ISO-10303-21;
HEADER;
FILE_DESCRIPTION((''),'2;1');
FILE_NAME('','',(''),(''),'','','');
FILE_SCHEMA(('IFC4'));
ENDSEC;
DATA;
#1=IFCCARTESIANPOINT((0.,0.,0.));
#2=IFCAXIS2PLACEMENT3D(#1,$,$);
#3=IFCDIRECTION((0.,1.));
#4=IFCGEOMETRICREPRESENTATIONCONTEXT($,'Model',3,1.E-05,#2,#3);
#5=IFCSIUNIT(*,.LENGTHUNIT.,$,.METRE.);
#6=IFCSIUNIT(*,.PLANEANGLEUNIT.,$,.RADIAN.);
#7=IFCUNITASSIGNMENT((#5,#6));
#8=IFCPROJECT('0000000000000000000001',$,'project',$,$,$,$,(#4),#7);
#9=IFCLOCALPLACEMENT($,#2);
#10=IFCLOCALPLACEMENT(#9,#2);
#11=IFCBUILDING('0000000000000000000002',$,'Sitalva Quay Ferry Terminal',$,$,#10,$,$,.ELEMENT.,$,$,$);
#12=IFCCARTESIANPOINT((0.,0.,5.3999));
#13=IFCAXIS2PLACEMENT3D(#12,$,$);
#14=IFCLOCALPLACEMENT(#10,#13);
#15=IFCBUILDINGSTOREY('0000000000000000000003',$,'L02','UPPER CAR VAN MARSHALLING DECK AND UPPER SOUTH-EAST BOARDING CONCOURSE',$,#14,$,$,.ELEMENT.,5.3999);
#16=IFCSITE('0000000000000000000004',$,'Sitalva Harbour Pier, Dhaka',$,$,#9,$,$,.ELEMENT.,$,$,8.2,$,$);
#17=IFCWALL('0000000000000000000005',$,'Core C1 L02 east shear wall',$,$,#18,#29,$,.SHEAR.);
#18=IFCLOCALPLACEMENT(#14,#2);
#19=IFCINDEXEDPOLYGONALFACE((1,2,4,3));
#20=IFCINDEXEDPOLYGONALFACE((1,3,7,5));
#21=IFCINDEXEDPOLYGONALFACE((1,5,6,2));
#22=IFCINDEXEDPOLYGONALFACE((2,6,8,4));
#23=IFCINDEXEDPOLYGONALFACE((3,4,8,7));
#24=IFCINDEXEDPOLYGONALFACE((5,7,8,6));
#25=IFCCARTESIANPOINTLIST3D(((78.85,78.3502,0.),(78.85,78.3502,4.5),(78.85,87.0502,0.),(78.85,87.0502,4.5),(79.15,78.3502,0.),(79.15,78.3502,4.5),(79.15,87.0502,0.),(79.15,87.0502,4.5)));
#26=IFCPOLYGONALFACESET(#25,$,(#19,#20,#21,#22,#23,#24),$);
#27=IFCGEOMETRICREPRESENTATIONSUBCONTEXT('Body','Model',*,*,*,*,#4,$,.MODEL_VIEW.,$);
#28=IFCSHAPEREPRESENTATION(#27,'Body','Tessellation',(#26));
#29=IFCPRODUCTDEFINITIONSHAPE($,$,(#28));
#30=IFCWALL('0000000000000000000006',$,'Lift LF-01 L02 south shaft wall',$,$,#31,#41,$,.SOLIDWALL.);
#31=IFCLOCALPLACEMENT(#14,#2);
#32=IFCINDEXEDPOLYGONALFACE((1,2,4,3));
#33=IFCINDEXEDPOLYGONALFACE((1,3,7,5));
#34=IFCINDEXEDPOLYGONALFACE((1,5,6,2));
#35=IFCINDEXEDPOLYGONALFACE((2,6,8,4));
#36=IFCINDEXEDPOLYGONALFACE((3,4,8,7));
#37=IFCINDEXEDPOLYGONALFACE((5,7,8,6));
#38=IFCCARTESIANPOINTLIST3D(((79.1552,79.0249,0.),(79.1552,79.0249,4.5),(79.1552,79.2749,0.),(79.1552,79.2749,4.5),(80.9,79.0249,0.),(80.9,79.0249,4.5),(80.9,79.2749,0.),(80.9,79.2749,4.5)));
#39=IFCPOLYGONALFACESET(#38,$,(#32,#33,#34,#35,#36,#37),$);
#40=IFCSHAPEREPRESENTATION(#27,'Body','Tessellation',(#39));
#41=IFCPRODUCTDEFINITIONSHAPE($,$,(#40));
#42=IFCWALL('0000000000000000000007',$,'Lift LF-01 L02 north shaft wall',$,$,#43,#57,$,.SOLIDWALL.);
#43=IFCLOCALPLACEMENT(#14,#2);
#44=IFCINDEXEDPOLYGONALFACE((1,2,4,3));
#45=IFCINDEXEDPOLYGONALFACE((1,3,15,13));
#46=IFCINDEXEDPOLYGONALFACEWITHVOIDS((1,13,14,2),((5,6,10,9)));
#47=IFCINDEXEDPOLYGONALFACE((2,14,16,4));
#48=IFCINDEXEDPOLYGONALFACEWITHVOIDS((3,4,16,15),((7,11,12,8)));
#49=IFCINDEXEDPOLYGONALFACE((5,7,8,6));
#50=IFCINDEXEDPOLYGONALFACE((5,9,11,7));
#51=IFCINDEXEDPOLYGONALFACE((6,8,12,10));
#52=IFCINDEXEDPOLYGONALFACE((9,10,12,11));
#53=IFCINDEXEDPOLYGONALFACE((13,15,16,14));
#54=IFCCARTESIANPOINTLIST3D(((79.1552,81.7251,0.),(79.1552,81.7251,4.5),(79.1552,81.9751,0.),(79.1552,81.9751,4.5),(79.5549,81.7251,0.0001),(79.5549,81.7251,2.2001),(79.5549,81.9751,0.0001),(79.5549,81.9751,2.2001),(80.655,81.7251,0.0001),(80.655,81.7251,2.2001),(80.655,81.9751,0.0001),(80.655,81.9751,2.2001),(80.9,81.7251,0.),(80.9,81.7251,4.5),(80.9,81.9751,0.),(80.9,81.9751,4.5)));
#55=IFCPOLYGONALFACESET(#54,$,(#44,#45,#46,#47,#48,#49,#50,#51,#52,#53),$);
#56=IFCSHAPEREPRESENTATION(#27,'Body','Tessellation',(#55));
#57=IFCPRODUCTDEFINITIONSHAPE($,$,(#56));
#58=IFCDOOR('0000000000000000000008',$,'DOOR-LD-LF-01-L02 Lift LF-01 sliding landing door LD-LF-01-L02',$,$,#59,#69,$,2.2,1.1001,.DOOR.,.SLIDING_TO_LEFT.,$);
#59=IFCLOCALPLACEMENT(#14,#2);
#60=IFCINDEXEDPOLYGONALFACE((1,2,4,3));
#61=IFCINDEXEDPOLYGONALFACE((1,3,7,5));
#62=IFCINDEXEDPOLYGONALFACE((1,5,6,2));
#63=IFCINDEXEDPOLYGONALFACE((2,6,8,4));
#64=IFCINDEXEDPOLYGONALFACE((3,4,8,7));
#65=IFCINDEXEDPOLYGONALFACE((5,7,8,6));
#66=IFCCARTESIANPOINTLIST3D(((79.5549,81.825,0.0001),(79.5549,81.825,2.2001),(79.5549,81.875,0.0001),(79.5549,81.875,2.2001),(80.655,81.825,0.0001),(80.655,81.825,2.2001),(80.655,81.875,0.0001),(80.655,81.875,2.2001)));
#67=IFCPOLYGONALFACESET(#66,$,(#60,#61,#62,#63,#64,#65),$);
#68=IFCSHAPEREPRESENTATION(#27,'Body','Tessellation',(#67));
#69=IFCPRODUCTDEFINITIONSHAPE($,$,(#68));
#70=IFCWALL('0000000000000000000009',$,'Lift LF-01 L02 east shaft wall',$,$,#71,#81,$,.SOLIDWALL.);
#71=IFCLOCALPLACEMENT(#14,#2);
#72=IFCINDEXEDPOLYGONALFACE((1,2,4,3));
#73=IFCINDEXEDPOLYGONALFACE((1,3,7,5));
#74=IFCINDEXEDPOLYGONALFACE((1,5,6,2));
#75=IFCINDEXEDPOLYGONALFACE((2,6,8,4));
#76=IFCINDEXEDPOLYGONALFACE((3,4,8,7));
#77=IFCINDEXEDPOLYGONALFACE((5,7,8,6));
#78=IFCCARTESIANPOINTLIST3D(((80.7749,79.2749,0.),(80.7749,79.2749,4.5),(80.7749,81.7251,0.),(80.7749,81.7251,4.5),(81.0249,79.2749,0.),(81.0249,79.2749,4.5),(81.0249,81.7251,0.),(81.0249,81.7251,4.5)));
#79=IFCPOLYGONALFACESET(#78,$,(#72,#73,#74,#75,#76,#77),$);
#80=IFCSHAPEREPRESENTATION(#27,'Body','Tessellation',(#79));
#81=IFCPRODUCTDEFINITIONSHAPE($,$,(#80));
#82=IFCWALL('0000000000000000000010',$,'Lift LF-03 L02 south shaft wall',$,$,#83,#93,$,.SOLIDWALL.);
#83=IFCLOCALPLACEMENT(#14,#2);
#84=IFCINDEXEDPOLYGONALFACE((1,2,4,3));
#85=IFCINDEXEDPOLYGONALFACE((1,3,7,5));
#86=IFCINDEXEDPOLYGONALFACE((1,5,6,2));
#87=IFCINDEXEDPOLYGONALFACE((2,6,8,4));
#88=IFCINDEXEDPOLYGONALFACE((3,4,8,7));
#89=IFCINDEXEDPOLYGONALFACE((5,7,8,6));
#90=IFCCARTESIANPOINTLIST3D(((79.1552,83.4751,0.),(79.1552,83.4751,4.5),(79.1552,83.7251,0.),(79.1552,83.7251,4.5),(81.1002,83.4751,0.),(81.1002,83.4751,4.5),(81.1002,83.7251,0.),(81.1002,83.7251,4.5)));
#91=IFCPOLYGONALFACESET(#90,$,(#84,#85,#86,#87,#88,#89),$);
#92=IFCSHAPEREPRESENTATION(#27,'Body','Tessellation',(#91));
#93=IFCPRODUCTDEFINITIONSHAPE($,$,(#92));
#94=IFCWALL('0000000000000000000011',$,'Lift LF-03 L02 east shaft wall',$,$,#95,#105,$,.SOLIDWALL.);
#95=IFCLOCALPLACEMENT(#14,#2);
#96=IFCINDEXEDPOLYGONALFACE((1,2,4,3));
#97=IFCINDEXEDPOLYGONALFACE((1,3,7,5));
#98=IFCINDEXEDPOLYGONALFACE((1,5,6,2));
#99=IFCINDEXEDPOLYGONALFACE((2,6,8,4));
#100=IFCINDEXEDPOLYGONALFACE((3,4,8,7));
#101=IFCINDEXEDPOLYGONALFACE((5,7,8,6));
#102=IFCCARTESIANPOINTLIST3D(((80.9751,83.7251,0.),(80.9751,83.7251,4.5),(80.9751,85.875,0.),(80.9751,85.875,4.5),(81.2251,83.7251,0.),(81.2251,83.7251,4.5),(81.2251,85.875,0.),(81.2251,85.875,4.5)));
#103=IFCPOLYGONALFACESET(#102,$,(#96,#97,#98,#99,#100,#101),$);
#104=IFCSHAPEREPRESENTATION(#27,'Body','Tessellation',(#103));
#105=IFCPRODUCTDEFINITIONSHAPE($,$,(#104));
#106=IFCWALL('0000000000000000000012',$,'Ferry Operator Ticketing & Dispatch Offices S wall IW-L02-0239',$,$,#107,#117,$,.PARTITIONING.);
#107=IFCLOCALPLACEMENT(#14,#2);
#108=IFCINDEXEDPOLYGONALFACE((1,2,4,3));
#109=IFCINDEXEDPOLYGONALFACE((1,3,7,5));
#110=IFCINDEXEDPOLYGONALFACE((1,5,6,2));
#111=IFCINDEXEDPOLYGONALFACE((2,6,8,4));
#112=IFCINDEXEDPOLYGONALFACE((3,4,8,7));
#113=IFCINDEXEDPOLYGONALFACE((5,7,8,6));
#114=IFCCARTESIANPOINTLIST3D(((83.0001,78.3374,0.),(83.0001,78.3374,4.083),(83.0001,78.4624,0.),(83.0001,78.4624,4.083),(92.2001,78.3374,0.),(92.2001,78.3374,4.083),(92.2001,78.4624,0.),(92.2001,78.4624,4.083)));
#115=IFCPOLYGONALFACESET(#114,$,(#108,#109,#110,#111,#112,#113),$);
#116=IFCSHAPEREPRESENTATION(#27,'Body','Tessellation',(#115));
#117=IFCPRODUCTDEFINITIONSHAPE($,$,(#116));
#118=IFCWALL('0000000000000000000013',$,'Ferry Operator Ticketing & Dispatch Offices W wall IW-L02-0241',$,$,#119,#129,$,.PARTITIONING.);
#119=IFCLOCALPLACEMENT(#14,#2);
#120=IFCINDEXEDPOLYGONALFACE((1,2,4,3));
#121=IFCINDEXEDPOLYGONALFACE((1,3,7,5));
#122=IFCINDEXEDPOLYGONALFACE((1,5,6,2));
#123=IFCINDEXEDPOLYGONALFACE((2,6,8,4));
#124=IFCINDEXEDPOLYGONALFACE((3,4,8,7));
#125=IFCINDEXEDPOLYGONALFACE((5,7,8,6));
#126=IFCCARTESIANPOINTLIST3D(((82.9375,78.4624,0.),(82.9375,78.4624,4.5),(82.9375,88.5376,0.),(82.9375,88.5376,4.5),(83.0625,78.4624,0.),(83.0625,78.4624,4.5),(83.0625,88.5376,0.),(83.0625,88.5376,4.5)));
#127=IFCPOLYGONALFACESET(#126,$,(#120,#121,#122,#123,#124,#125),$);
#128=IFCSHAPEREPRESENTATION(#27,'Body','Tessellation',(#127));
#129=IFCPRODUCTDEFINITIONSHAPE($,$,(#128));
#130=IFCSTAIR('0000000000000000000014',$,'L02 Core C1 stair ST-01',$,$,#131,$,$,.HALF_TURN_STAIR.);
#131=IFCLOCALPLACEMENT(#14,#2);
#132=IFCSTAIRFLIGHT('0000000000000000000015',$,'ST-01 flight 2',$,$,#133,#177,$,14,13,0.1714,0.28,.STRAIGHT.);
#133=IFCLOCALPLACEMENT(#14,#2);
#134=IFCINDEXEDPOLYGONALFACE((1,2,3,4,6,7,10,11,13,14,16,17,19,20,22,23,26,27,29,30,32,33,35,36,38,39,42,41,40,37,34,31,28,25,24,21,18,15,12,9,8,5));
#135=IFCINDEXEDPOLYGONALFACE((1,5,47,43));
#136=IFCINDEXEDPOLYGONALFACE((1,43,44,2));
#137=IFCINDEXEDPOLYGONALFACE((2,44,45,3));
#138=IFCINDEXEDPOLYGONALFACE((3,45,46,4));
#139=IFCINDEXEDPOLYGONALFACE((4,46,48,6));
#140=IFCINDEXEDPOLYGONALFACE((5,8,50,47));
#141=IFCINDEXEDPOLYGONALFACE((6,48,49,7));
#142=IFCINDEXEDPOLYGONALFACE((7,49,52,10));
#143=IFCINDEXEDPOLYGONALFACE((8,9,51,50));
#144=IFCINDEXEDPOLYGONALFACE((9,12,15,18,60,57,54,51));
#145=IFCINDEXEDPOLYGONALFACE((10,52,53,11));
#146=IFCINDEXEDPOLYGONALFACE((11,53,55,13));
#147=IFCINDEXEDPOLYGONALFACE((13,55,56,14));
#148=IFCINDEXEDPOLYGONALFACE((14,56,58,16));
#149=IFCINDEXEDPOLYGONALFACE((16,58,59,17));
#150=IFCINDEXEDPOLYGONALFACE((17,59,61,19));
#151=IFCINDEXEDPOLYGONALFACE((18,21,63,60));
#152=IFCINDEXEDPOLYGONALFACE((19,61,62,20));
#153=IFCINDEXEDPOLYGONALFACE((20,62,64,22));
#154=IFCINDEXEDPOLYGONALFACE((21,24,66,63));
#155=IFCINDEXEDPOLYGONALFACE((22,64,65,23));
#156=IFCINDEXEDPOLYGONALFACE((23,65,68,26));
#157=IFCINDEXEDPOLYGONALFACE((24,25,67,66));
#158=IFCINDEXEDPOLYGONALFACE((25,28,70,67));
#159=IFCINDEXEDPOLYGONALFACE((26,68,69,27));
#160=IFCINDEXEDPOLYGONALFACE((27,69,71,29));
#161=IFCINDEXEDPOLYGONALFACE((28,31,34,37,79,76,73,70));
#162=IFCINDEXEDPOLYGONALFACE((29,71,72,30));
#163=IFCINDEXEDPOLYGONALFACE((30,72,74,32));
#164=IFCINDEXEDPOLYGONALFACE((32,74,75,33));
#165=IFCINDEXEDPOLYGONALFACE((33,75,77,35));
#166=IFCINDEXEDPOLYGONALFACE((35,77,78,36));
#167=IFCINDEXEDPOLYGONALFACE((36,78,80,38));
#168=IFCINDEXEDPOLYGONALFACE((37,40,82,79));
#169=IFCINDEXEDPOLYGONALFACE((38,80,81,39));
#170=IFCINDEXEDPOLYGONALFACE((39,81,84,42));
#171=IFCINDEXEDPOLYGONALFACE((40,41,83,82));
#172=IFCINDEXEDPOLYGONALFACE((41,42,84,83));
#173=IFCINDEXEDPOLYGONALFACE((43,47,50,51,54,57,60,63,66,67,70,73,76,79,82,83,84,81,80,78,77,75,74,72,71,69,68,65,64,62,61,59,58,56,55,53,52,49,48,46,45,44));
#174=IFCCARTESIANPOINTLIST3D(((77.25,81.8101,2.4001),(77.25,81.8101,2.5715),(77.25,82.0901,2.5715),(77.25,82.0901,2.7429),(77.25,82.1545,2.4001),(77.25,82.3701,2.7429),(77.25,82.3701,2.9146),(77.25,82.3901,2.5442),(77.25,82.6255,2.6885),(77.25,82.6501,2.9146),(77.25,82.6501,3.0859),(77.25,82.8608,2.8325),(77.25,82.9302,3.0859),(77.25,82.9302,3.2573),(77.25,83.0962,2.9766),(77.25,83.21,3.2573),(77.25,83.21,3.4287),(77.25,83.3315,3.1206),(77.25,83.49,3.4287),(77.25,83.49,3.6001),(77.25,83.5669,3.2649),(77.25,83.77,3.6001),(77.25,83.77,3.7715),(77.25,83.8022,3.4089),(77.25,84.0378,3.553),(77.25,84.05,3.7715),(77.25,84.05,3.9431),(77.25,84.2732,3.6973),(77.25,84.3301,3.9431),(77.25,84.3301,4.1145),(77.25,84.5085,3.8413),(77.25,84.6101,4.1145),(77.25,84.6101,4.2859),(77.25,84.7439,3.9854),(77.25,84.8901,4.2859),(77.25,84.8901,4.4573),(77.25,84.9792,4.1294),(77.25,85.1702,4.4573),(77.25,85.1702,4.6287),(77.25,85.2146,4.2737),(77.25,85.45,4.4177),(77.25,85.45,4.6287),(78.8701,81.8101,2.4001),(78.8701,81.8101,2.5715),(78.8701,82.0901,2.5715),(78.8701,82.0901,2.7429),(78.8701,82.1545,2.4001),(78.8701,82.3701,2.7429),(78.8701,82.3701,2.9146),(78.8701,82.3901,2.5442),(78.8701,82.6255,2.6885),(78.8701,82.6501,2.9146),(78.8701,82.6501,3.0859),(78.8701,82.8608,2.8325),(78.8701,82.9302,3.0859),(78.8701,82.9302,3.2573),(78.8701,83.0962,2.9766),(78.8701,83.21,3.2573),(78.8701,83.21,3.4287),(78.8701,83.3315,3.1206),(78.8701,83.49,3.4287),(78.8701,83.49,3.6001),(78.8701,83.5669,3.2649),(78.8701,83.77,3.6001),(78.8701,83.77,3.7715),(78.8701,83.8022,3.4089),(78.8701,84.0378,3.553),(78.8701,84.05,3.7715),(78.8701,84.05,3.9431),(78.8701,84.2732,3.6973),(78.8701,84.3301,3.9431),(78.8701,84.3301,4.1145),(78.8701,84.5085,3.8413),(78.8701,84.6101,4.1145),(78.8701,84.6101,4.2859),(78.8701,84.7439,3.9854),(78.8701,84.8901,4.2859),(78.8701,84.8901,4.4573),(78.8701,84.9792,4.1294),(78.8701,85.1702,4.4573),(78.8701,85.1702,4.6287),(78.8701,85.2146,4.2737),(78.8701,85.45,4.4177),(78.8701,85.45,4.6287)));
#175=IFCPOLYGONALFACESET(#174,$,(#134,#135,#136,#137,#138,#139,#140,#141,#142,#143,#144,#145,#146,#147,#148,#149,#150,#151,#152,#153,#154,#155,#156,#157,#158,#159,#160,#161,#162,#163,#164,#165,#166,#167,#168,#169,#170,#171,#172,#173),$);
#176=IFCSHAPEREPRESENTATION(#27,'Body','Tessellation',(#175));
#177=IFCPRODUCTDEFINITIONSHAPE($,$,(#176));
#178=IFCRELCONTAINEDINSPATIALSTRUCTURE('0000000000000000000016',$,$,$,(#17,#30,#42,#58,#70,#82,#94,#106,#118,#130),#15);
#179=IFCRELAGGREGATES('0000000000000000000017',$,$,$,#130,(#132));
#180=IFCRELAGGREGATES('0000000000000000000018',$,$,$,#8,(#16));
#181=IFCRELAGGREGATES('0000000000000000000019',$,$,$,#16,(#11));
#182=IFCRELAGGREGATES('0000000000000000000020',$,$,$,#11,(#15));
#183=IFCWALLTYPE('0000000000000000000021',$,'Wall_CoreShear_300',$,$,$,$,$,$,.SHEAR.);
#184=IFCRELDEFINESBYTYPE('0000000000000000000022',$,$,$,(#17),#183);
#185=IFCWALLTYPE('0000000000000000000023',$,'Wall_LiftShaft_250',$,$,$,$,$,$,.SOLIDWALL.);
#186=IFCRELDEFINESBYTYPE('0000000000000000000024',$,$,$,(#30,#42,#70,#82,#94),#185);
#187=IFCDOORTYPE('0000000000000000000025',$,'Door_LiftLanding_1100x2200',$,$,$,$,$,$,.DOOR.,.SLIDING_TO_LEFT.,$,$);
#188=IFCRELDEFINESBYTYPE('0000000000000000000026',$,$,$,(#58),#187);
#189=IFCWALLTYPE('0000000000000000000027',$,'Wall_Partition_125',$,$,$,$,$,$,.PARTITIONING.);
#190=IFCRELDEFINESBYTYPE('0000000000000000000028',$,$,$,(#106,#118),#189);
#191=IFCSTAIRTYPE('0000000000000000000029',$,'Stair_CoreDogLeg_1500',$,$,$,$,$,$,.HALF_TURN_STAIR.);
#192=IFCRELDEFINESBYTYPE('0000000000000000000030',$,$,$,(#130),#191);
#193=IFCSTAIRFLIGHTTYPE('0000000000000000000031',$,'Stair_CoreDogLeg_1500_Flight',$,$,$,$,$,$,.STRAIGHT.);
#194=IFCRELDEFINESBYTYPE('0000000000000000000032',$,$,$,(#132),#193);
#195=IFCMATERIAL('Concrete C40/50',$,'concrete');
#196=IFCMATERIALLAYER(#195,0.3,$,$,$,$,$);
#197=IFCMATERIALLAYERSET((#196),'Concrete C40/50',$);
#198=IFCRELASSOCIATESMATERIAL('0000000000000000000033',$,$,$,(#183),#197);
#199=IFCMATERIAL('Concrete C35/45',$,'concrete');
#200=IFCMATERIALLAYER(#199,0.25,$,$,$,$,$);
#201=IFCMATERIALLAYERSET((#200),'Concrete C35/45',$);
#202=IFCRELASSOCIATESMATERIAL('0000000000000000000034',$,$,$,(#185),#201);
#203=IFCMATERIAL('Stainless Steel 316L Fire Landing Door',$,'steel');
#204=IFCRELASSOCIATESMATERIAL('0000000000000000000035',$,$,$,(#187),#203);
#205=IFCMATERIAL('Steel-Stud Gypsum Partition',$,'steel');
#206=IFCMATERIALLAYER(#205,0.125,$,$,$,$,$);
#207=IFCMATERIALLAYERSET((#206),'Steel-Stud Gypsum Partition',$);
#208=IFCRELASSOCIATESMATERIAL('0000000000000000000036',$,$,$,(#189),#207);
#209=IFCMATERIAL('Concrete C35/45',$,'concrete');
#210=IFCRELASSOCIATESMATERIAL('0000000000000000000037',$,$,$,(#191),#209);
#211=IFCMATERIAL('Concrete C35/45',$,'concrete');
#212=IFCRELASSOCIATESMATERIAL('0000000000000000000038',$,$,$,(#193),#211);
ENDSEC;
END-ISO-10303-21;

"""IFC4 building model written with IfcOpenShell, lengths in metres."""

from ifc_helpers import new_model, si_unit, direction, frame, frame_2d, origin, place, context, subcontext, project, spatial, polyline, rectangle, outline, extrude, material, layer, layer_set, type_object, element, fill, aggregate, save


model = new_model("IFC4")

# Units and contexts
model_context = context("Model", 3, precision=1e-05, world=origin(), true_north=direction((0.0, 1.0)))
body_context = subcontext(model_context, "Body", "Model", "MODEL_VIEW")
ifc_project = project(units=[si_unit("LENGTHUNIT", "METRE"), si_unit("PLANEANGLEUNIT", "RADIAN")], contexts=[model_context])

# Site, building, storey
site_placement = place(None, origin())
site = spatial("IfcSite", under=ifc_project, at=site_placement, Name="Sitalva Harbour Pier, Dhaka", CompositionType="ELEMENT", RefElevation=8.2)
building_placement = place(site_placement, origin())
building = spatial("IfcBuilding", under=site, at=building_placement, Name="Sitalva Quay Ferry Terminal", CompositionType="ELEMENT")
storey_placement = place(building_placement, frame((0.0, 0.0, 5.3999)))
storey = spatial("IfcBuildingStorey", under=building, at=storey_placement, Name="L02", Description="UPPER CAR VAN MARSHALLING DECK AND UPPER SOUTH-EAST BOARDING CONCOURSE", CompositionType="ELEMENT", Elevation=5.3999)

# Walls
ifc_material_1 = material(Name="Concrete C40/50", Category="concrete")
ifc_layer_1 = layer(ifc_material_1, 0.3)
ifc_layer_set_1 = layer_set([ifc_layer_1], Name="Concrete C40/50")
wall_type_1 = type_object("IfcWallType", Name="Wall_CoreShear_300", PredefinedType="SHEAR", material=ifc_layer_set_1)
for number, where, z_axis, x_axis, name in (
    (1, (79.0, 78.3501, 0.0), (0.0, 0.0, 1.0), (0.0, 1.0, 0.0), "Core C1 L02 east shear wall"),
):
    element("IfcWall", number, at=place(storey_placement, frame(where, z_axis=z_axis, x_axis=x_axis)), inside=storey, type_object=wall_type_1, Name=name, PredefinedType="SHEAR", context=body_context, shape_type="SweptSolid", body=[
        extrude(rectangle(XDim=8.7, YDim=0.3, at=frame_2d((4.3501, 0.0))), origin(), (0.0, 0.0, 1.0), 4.5),
    ])
ifc_material_2 = material(Name="Concrete C35/45", Category="concrete")
ifc_layer_2 = layer(ifc_material_2, 0.25)
ifc_layer_set_2 = layer_set([ifc_layer_2], Name="Concrete C35/45")
wall_type_2 = type_object("IfcWallType", Name="Wall_LiftShaft_250", PredefinedType="SOLIDWALL", material=ifc_layer_set_2)
wall_1_placement = place(storey_placement, frame((79.155, 79.1499, 0.0), z_axis=(0.0, 0.0, 1.0), x_axis=(1.0, 0.0, 0.0)))
element("IfcWall", 2, at=wall_1_placement, inside=storey, type_object=wall_type_2, Name="Lift LF-01 L02 south shaft wall", PredefinedType="SOLIDWALL", context=body_context, shape_type="SweptSolid", body=[
    extrude(rectangle(XDim=1.7449, YDim=0.25, at=frame_2d((0.8726, 0.0))), origin(), (0.0, 0.0, 1.0), 4.5),
])

# Wall, opening, door
wall_2_placement = place(storey_placement, frame((79.155, 81.8501, 0.0), z_axis=(0.0, 0.0, 1.0), x_axis=(1.0, 0.0, 0.0)))
wall_2 = element("IfcWall", 3, at=wall_2_placement, inside=storey, type_object=wall_type_2, Name="Lift LF-01 L02 north shaft wall", PredefinedType="SOLIDWALL", context=body_context, shape_type="SweptSolid", body=[
    extrude(rectangle(XDim=1.7449, YDim=0.25, at=frame_2d((0.8726, 0.0))), origin(), (0.0, 0.0, 1.0), 4.5),
])
opening_placement = place(wall_2_placement, frame((0.3999, 0.0, 0.0)))
opening = element("IfcOpeningElement", 4, at=opening_placement, cuts=wall_2, PredefinedType="OPENING", context=body_context, shape_type="SweptSolid", body=[
    extrude(rectangle(XDim=1.1001, YDim=2.2, at=frame_2d((0.55, 1.1001))), frame((0.0, 0.135, 0.0), z_axis=(0.0, -1.0, 0.0), x_axis=(1.0, 0.0, 0.0)), (0.0, 0.0, 1.0), 0.27),
])
ifc_material_3 = material(Name="Stainless Steel 316L Fire Landing Door", Category="steel")
door_type = type_object("IfcDoorType", Name="Door_LiftLanding_1100x2200", OperationType="SLIDING_TO_LEFT", PredefinedType="DOOR", material=ifc_material_3)
door_placement = place(opening_placement, origin())
door = element("IfcDoor", 5, at=door_placement, inside=storey, type_object=door_type, Name="DOOR-LD-LF-01-L02 Lift LF-01 sliding landing door LD-LF-01-L02", OperationType="SLIDING_TO_LEFT", OverallHeight=2.2, OverallWidth=1.1001, PredefinedType="DOOR", context=body_context, shape_type="SweptSolid", body=[
    extrude(rectangle(XDim=1.1001, YDim=2.2, at=frame_2d((0.55, 1.1001))), frame((0.0, 0.0249, 0.0), z_axis=(0.0, -1.0, 0.0), x_axis=(1.0, 0.0, 0.0)), (0.0, 0.0, 1.0), 0.05),
])
fill(opening, door)

# Walls
wall_3_placement = place(storey_placement, frame((80.8999, 79.2749, 0.0), z_axis=(0.0, 0.0, 1.0), x_axis=(0.0, 1.0, 0.0)))
element("IfcWall", 6, at=wall_3_placement, inside=storey, type_object=wall_type_2, Name="Lift LF-01 L02 east shaft wall", PredefinedType="SOLIDWALL", context=body_context, shape_type="SweptSolid", body=[
    extrude(rectangle(XDim=2.4502, YDim=0.25, at=frame_2d((1.2251, 0.0))), origin(), (0.0, 0.0, 1.0), 4.5),
])
wall_4_placement = place(storey_placement, frame((79.155, 83.6001, 0.0), z_axis=(0.0, 0.0, 1.0), x_axis=(1.0, 0.0, 0.0)))
element("IfcWall", 7, at=wall_4_placement, inside=storey, type_object=wall_type_2, Name="Lift LF-03 L02 south shaft wall", PredefinedType="SOLIDWALL", context=body_context, shape_type="SweptSolid", body=[
    extrude(rectangle(XDim=1.9451, YDim=0.25, at=frame_2d((0.9727, 0.0))), origin(), (0.0, 0.0, 1.0), 4.5),
])
wall_5_placement = place(storey_placement, frame((81.1001, 83.7251, 0.0), z_axis=(0.0, 0.0, 1.0), x_axis=(0.0, 1.0, 0.0)))
element("IfcWall", 8, at=wall_5_placement, inside=storey, type_object=wall_type_2, Name="Lift LF-03 L02 east shaft wall", PredefinedType="SOLIDWALL", context=body_context, shape_type="SweptSolid", body=[
    extrude(rectangle(XDim=2.1499, YDim=0.25, at=frame_2d((1.075, 0.0))), origin(), (0.0, 0.0, 1.0), 4.5),
])
ifc_material_4 = material(Name="Steel-Stud Gypsum Partition", Category="steel")
ifc_layer_3 = layer(ifc_material_4, 0.125)
ifc_layer_set_3 = layer_set([ifc_layer_3], Name="Steel-Stud Gypsum Partition")
wall_type_3 = type_object("IfcWallType", Name="Wall_Partition_125", PredefinedType="PARTITIONING", material=ifc_layer_set_3)
wall_6_placement = place(storey_placement, frame((83.0, 78.3999, 0.0), z_axis=(0.0, 0.0, 1.0), x_axis=(1.0, 0.0, 0.0)))
element("IfcWall", 9, at=wall_6_placement, inside=storey, type_object=wall_type_3, Name="Ferry Operator Ticketing & Dispatch Offices S wall IW-L02-0239", PredefinedType="PARTITIONING", context=body_context, shape_type="SweptSolid", body=[
    extrude(rectangle(XDim=9.2, YDim=0.125, at=frame_2d((4.6001, 0.0))), origin(), (0.0, 0.0, 1.0), 4.083),
])
wall_7_placement = place(storey_placement, frame((83.0, 78.4624, 0.0), z_axis=(0.0, 0.0, 1.0), x_axis=(0.0, 1.0, 0.0)))
element("IfcWall", 10, at=wall_7_placement, inside=storey, type_object=wall_type_3, Name="Ferry Operator Ticketing & Dispatch Offices W wall IW-L02-0241", PredefinedType="PARTITIONING", context=body_context, shape_type="SweptSolid", body=[
    extrude(rectangle(XDim=10.0752, YDim=0.125, at=frame_2d((5.0376, 0.0))), origin(), (0.0, 0.0, 1.0), 4.5),
])

# Stair, stair flight
ifc_material_5 = material(Name="Concrete C35/45", Category="concrete")
stair_type = type_object("IfcStairType", Name="Stair_CoreDogLeg_1500", PredefinedType="HALF_TURN_STAIR", material=ifc_material_5)
stair_placement = place(storey_placement, origin())
stair = element("IfcStair", 11, at=stair_placement, inside=storey, type_object=stair_type, Name="L02 Core C1 stair ST-01", PredefinedType="HALF_TURN_STAIR")
ifc_material_6 = material(Name="Concrete C35/45", Category="concrete")
stair_flight_type = type_object("IfcStairFlightType", Name="Stair_CoreDogLeg_1500_Flight", PredefinedType="STRAIGHT", material=ifc_material_6)
stair_flight_placement = place(storey_placement, frame((78.0601, 81.8101, 2.4001), z_axis=(0.0, 0.0, 1.0), x_axis=(0.0, 1.0, 0.0)))
stair_flight = element("IfcStairFlight", 12, at=stair_flight_placement, type_object=stair_flight_type, Name="ST-01 flight 2", NumberOfRisers=14, NumberOfTreads=13, PredefinedType="STRAIGHT", RiserHeight=0.1714, TreadLength=0.28, context=body_context, shape_type="SweptSolid", body=[
    extrude(outline(polyline([(0.0, 0.0), (0.0, 0.1714), (0.28, 0.1714), (0.28, 0.3428), (0.5601, 0.3428), (0.5601, 0.5144), (0.8401, 0.5144), (0.8401, 0.6858), (1.1201, 0.6858), (1.1201, 0.8572), (1.3999, 0.8572), (1.3999, 1.0286), (1.6799, 1.0286), (1.6799, 1.2), (1.96, 1.2), (1.96, 1.3713), (2.24, 1.3713), (2.24, 1.543), (2.52, 1.543), (2.52, 1.7144), (2.8, 1.7144), (2.8, 1.8857), (3.0801, 1.8857), (3.0801, 2.0571), (3.3601, 2.0571), (3.3601, 2.2285), (3.6399, 2.2285), (3.6399, 2.3999), (3.6399, 2.0176), (3.4045, 1.8735), (3.1692, 1.7292), (2.9338, 1.5852), (2.6985, 1.4412), (2.4631, 1.2971), (2.2278, 1.1528), (1.9922, 1.0088), (1.7568, 0.8647), (1.5215, 0.7205), (1.2861, 0.5764), (1.0508, 0.4324), (0.8154, 0.2883), (0.5801, 0.144), (0.3445, 0.0), (0.0, 0.0)])), frame((0.0, 0.8101, 0.0), z_axis=(0.0, -1.0, 0.0), x_axis=(1.0, 0.0, 0.0)), (0.0, 0.0, 1.0), 1.6201),
])
aggregate(stair, [stair_flight])

save(model, "model.ifc")
